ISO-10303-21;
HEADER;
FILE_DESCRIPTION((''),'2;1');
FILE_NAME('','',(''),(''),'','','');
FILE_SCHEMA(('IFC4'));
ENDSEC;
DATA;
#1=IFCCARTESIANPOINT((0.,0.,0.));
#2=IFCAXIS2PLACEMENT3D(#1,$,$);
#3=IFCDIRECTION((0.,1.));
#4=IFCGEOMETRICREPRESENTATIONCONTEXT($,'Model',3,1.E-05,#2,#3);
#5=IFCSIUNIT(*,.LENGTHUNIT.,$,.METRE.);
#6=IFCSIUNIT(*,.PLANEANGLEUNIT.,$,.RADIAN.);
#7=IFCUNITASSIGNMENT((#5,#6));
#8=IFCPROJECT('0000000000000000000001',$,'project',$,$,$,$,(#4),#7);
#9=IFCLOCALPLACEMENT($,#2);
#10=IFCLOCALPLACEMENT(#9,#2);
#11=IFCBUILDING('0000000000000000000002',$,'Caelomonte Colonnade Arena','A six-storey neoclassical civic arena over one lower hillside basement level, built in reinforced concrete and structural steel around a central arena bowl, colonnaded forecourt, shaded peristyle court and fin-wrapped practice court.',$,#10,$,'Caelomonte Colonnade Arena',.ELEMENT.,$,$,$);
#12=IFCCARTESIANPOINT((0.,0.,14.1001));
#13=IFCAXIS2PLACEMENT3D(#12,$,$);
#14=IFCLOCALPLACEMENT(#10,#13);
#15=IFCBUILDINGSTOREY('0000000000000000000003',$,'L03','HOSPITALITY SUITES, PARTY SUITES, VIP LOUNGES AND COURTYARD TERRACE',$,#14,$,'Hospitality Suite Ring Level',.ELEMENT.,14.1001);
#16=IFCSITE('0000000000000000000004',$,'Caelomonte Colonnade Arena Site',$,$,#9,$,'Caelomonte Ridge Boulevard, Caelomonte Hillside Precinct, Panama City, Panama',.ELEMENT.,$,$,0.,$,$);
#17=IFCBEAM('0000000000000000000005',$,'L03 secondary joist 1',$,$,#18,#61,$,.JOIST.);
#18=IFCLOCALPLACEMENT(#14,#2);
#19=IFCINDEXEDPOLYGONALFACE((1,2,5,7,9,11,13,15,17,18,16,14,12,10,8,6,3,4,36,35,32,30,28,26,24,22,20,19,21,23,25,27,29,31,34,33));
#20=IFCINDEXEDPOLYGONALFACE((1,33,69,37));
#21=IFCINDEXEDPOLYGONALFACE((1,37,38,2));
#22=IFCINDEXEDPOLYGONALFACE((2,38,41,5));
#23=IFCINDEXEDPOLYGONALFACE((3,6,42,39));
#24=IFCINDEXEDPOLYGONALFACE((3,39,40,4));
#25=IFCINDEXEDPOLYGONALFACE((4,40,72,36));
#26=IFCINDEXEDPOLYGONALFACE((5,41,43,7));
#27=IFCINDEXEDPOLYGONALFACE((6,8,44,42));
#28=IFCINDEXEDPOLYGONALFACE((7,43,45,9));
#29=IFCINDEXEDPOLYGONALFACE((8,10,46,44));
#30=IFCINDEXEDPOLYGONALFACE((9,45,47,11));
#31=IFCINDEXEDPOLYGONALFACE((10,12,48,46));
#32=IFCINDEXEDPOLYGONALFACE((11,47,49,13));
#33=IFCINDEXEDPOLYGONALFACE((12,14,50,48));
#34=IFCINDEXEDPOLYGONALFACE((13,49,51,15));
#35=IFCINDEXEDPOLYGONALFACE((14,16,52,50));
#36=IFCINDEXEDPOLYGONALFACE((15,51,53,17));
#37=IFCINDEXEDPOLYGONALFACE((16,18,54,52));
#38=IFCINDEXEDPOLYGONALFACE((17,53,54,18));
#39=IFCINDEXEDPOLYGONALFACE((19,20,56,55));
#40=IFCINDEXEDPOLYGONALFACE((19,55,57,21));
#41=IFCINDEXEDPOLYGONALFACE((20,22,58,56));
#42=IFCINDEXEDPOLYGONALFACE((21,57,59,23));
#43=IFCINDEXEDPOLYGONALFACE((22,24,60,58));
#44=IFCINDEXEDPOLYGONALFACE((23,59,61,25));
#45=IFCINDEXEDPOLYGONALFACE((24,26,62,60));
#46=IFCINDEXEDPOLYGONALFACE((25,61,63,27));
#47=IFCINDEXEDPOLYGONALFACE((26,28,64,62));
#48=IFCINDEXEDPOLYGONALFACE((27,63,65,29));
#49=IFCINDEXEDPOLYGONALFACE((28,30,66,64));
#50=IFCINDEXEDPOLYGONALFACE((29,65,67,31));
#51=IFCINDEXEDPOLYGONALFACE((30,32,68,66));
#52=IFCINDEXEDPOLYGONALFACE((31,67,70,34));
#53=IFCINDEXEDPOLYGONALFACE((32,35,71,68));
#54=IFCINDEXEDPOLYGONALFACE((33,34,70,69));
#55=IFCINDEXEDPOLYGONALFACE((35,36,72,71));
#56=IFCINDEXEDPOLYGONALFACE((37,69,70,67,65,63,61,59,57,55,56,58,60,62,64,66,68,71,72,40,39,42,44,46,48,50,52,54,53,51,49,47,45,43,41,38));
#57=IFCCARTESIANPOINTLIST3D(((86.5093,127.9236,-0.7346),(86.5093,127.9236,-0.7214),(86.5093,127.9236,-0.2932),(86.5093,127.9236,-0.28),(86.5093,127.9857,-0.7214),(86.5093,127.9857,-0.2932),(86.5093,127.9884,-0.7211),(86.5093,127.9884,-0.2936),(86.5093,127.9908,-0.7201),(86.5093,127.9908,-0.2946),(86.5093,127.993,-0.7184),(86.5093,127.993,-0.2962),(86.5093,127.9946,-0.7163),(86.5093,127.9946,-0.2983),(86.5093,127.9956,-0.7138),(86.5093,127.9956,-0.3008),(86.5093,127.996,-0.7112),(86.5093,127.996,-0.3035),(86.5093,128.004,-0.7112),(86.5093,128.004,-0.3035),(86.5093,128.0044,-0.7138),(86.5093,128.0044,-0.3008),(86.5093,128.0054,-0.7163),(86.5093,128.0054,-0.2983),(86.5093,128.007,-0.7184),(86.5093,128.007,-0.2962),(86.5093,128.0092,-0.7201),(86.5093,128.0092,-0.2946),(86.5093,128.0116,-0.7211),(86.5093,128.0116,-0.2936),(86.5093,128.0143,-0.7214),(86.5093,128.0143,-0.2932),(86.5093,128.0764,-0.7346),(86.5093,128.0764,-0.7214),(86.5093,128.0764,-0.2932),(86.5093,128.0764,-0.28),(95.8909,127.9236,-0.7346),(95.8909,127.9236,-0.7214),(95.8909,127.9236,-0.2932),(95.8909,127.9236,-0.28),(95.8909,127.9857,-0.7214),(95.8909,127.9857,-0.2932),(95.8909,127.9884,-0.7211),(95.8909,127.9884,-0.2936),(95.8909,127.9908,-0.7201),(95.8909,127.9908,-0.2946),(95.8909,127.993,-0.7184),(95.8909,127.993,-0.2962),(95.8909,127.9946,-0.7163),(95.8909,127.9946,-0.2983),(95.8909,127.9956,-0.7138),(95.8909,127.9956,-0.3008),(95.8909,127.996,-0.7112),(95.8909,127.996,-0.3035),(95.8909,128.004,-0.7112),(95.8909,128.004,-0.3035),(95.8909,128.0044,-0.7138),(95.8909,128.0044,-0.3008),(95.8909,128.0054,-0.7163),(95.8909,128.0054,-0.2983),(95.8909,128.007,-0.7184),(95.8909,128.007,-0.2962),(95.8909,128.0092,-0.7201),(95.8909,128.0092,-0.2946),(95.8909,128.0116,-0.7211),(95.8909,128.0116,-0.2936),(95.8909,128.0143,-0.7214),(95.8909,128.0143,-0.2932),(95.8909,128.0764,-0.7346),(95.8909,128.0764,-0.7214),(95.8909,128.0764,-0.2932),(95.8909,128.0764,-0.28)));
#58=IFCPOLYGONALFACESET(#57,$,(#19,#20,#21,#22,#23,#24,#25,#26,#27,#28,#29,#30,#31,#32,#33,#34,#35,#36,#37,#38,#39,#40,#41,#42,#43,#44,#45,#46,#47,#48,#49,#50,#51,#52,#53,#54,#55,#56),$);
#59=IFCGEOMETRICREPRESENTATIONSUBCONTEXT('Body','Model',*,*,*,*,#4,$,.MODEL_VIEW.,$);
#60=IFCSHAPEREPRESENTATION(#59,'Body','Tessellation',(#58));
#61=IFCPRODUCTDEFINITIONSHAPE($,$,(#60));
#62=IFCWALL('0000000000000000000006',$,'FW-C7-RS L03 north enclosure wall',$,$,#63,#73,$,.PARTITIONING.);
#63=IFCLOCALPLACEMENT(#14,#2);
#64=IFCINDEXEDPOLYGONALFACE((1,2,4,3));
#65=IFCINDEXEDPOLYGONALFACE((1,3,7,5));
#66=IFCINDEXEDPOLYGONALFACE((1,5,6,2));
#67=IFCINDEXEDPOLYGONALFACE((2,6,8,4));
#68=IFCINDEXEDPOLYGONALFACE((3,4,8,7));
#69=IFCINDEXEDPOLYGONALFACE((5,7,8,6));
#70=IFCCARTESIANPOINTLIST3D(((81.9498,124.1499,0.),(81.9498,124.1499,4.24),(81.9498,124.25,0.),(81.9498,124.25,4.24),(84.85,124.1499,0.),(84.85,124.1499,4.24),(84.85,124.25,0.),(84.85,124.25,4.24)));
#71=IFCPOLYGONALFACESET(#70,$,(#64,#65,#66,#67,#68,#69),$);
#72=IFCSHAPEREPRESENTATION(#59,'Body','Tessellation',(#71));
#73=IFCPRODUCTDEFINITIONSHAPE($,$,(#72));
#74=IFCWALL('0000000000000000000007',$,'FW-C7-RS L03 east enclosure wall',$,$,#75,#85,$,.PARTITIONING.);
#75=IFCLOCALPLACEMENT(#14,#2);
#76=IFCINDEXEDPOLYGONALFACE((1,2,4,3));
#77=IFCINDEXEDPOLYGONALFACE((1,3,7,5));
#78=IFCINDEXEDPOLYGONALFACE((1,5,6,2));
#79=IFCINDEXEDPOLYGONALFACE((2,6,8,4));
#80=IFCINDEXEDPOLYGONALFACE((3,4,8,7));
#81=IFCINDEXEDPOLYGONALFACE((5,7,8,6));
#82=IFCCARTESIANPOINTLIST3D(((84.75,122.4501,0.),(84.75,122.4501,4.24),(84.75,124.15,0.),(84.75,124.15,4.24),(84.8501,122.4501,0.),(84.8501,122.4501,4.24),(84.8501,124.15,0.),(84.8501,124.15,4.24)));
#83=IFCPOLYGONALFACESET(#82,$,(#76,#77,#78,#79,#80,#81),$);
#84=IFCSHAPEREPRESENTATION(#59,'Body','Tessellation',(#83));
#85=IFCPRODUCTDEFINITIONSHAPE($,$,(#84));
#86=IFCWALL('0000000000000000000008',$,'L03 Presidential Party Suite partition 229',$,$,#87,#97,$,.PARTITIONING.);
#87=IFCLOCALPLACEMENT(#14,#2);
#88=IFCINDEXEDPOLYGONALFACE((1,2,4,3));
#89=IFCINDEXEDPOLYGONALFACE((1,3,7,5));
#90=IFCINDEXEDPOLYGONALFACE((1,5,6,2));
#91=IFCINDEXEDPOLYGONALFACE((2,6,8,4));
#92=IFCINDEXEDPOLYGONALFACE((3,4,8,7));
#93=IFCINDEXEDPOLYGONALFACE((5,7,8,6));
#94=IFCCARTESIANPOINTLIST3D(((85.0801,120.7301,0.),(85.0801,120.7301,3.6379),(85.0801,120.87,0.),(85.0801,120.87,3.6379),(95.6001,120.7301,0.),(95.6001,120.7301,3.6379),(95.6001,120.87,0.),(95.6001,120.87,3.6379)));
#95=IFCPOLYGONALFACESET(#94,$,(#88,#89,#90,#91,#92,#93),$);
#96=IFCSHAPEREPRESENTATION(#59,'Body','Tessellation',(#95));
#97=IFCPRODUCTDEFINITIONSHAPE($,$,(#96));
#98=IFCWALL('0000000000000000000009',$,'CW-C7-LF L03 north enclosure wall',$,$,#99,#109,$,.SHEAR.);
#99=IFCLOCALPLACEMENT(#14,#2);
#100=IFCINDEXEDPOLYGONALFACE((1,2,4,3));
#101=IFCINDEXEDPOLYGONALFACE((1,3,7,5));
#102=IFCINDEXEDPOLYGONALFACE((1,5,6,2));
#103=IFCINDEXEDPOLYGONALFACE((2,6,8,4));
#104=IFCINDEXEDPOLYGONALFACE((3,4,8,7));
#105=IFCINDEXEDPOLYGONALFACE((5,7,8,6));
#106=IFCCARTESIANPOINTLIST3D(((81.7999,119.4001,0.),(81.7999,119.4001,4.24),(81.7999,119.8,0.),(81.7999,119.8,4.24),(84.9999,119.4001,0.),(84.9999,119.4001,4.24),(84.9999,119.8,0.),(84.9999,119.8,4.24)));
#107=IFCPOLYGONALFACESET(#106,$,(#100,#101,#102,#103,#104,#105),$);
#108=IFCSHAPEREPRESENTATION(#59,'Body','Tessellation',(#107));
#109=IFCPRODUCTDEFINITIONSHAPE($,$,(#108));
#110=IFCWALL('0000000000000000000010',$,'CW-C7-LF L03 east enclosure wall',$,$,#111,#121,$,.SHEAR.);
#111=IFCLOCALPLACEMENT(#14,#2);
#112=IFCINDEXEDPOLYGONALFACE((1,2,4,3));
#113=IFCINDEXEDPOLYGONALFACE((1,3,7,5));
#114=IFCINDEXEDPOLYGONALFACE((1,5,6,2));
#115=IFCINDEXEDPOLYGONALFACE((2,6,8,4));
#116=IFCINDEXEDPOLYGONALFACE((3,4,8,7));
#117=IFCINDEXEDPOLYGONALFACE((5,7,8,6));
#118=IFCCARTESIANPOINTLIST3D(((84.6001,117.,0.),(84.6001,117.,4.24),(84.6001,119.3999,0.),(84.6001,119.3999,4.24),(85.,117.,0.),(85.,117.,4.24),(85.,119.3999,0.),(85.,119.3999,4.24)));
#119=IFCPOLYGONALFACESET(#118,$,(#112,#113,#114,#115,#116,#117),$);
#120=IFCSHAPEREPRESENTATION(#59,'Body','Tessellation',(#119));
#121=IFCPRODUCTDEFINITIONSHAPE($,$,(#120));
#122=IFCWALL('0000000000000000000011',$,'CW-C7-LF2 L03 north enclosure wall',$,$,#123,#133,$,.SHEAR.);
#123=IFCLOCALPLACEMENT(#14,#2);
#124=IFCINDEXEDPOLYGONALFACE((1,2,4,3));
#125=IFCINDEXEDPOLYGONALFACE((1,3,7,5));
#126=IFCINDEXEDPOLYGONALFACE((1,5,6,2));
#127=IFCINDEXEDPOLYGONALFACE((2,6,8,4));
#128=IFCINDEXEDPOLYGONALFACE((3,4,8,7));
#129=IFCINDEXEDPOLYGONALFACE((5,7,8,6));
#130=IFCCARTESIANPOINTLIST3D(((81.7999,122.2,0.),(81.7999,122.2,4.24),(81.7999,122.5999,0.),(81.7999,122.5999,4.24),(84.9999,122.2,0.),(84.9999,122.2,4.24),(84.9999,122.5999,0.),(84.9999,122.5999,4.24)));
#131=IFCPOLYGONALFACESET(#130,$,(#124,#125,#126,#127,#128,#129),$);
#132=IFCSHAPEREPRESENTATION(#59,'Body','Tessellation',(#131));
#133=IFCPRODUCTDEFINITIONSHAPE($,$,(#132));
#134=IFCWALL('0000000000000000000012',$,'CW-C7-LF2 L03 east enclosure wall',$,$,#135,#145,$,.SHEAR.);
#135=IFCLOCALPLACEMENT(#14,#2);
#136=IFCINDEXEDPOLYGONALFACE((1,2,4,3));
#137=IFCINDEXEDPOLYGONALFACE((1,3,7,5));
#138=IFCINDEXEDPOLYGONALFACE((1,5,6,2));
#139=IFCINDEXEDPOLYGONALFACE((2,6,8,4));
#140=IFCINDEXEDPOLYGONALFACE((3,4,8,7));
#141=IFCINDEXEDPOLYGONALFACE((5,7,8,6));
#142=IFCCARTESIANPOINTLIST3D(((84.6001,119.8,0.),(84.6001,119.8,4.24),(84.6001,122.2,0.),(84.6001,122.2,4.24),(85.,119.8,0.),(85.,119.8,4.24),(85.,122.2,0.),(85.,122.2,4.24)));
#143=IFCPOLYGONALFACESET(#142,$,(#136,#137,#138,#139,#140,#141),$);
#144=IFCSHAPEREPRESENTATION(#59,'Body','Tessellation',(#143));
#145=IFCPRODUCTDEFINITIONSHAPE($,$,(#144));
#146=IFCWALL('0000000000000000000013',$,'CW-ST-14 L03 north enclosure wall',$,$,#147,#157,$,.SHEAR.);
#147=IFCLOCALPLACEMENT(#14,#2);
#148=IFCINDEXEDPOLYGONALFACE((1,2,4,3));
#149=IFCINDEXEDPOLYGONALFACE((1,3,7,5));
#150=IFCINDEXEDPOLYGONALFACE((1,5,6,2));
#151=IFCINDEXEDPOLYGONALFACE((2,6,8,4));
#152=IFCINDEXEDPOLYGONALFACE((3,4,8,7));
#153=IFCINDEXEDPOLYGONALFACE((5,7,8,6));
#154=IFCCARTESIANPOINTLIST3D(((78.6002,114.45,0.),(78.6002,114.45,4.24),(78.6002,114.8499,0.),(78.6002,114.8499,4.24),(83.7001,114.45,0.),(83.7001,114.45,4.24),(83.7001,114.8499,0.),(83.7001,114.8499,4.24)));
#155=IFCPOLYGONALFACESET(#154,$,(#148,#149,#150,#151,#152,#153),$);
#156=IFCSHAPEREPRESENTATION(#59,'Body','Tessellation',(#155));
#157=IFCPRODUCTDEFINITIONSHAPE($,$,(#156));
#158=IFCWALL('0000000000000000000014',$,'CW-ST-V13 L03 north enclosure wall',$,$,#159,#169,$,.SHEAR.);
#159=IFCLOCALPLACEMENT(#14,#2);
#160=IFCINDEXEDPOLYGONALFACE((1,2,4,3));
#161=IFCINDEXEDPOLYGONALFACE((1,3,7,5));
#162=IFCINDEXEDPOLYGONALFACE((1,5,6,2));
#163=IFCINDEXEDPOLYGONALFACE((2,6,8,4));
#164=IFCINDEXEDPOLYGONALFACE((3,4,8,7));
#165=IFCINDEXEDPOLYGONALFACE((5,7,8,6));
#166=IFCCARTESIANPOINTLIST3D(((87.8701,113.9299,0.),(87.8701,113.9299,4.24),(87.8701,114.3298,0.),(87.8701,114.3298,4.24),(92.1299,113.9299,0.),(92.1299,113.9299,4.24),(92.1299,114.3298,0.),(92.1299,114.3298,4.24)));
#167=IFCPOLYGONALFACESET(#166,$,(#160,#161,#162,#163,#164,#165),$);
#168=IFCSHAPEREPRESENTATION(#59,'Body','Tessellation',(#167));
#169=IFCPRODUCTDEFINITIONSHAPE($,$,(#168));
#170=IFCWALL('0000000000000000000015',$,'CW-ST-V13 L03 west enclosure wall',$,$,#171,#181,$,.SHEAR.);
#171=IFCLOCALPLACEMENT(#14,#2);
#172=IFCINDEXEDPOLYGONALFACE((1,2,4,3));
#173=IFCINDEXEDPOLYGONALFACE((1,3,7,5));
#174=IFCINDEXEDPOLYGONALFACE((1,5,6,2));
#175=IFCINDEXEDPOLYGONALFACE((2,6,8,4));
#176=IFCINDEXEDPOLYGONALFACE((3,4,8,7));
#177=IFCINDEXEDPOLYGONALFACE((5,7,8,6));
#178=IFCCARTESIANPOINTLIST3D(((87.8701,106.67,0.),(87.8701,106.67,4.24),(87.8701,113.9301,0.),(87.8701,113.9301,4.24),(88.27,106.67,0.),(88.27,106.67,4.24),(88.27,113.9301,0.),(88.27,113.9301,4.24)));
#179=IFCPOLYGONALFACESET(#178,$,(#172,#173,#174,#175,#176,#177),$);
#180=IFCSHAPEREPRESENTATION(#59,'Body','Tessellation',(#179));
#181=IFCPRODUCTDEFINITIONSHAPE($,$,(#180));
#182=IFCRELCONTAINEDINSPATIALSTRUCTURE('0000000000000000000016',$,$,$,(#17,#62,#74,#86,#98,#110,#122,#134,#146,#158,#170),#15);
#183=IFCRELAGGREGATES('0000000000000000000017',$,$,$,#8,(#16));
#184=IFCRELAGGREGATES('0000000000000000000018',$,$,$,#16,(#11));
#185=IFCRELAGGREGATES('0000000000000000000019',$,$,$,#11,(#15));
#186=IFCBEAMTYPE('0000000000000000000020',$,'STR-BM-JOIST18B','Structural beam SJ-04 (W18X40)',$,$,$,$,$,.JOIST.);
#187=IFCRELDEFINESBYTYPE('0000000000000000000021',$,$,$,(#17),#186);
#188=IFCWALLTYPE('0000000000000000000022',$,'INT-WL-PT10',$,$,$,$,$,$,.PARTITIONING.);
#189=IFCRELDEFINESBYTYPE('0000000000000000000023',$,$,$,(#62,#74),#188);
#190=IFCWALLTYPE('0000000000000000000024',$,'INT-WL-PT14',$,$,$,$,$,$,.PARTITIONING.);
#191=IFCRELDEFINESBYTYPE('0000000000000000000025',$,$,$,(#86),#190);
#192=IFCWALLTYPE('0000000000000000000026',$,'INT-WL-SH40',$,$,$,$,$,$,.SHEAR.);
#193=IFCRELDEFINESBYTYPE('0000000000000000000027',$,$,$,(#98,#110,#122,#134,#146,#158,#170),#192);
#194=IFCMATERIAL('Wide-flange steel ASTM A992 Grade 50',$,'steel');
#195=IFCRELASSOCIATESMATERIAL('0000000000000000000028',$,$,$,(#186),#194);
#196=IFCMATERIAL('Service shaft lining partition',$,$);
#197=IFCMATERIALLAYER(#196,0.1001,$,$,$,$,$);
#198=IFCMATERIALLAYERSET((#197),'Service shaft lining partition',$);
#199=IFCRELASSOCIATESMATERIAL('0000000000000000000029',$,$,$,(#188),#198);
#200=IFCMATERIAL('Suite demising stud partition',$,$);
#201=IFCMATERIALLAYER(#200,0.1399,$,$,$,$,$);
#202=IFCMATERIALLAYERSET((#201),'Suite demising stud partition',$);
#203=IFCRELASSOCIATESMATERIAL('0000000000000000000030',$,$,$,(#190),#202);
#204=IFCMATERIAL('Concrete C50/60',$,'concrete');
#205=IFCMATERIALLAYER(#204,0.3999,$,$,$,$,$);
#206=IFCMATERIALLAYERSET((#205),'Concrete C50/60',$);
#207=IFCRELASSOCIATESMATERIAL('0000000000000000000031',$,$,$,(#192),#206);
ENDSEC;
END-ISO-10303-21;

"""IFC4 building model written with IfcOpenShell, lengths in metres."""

from ifc_helpers import new_model, si_unit, direction, frame, frame_2d, origin, origin_2d, place, context, subcontext, project, spatial, rectangle, i_section, extrude, material, layer, layer_set, material_profile, profile_set, type_object, element, save


model = new_model("IFC4")

# Units and contexts
model_context = context("Model", 3, precision=1e-05, world=origin(), true_north=direction((0.0, 1.0)))
body_context = subcontext(model_context, "Body", "Model", "MODEL_VIEW")
ifc_project = project(units=[si_unit("LENGTHUNIT", "METRE"), si_unit("PLANEANGLEUNIT", "RADIAN")], contexts=[model_context])

# Site, building, storey
site_placement = place(None, origin())
site = spatial("IfcSite", under=ifc_project, at=site_placement, Name="Caelomonte Colonnade Arena Site", LongName="Caelomonte Ridge Boulevard, Caelomonte Hillside Precinct, Panama City, Panama", CompositionType="ELEMENT", RefElevation=0.0)
building_placement = place(site_placement, origin())
building = spatial("IfcBuilding", under=site, at=building_placement, Name="Caelomonte Colonnade Arena", Description="A six-storey neoclassical civic arena over one lower hillside basement level, built in reinforced concrete and structural steel around a central arena bowl, colonnaded forecourt, shaded peristyle court and fin-wrapped practice court.", LongName="Caelomonte Colonnade Arena", CompositionType="ELEMENT")
storey_placement = place(building_placement, frame((0.0, 0.0, 14.1001)))
storey = spatial("IfcBuildingStorey", under=building, at=storey_placement, Name="L03", Description="HOSPITALITY SUITES, PARTY SUITES, VIP LOUNGES AND COURTYARD TERRACE", LongName="Hospitality Suite Ring Level", CompositionType="ELEMENT", Elevation=14.1001)

# Shared definitions
ifc_material_1 = material(Name="Wide-flange steel ASTM A992 Grade 50", Category="steel")

# Beam
ifc_material_profile_1 = material_profile(ifc_material_1, i_section(OverallWidth=0.1528, OverallDepth=0.4546, WebThickness=0.0081, FlangeThickness=0.0132, FilletRadius=0.0103, at=origin_2d()), Name="W18X40")
ifc_profile_set_1 = profile_set([ifc_material_profile_1], Name="Wide-flange steel ASTM A992 Grade 50")
beam_type_1 = type_object("IfcBeamType", Name="STR-BM-JOIST18B", Description="Structural beam SJ-04 (W18X40)", PredefinedType="JOIST", material=ifc_profile_set_1)
for number, where, z_axis, x_axis, name in (
    (1, (86.5093, 128.0, -0.5073), (1.0, 0.0, 0.0), (0.0, 1.0, 0.0), "L03 secondary joist 1"),
):
    element("IfcBeam", number, at=place(storey_placement, frame(where, z_axis=z_axis, x_axis=x_axis)), inside=storey, type_object=beam_type_1, Name=name, PredefinedType="JOIST", context=body_context, shape_type="SweptSolid", body=[
        extrude(i_section(OverallWidth=0.1528, OverallDepth=0.4546, WebThickness=0.0081, FlangeThickness=0.0132, FilletRadius=0.0103, at=origin_2d()), origin(), (0.0, 0.0, 1.0), 9.3816),
    ])

# Walls
ifc_material_2 = material(Name="Service shaft lining partition")
ifc_layer_1 = layer(ifc_material_2, 0.1001)
ifc_layer_set_1 = layer_set([ifc_layer_1], Name="Service shaft lining partition")
wall_type_1 = type_object("IfcWallType", Name="INT-WL-PT10", PredefinedType="PARTITIONING", material=ifc_layer_set_1)
wall_1_placement = place(storey_placement, frame((84.8501, 124.2, 0.0), z_axis=(0.0, 0.0, 1.0), x_axis=(-1.0, 0.0, 0.0)))
element("IfcWall", 2, at=wall_1_placement, inside=storey, type_object=wall_type_1, Name="FW-C7-RS L03 north enclosure wall", PredefinedType="PARTITIONING", context=body_context, shape_type="SweptSolid", body=[
    extrude(rectangle(XDim=2.9001, YDim=0.1001, at=frame_2d((1.4502, 0.0))), origin(), (0.0, 0.0, 1.0), 4.24),
])
wall_2_placement = place(storey_placement, frame((84.8, 122.45, 0.0), z_axis=(0.0, 0.0, 1.0), x_axis=(0.0, 1.0, 0.0)))
element("IfcWall", 3, at=wall_2_placement, inside=storey, type_object=wall_type_1, Name="FW-C7-RS L03 east enclosure wall", PredefinedType="PARTITIONING", context=body_context, shape_type="SweptSolid", body=[
    extrude(rectangle(XDim=1.7, YDim=0.1001, at=frame_2d((0.8501, 0.0))), origin(), (0.0, 0.0, 1.0), 4.24),
])
ifc_material_3 = material(Name="Suite demising stud partition")
ifc_layer_2 = layer(ifc_material_3, 0.1399)
ifc_layer_set_2 = layer_set([ifc_layer_2], Name="Suite demising stud partition")
wall_type_2 = type_object("IfcWallType", Name="INT-WL-PT14", PredefinedType="PARTITIONING", material=ifc_layer_set_2)
wall_3_placement = place(storey_placement, frame((95.6001, 120.8, 0.0), z_axis=(0.0, 0.0, 1.0), x_axis=(-1.0, 0.0, 0.0)))
element("IfcWall", 4, at=wall_3_placement, inside=storey, type_object=wall_type_2, Name="L03 Presidential Party Suite partition 229", PredefinedType="PARTITIONING", context=body_context, shape_type="SweptSolid", body=[
    extrude(rectangle(XDim=10.52, YDim=0.1399, at=frame_2d((5.26, 0.0))), origin(), (0.0, 0.0, 1.0), 3.6379),
])
ifc_material_4 = material(Name="Concrete C50/60", Category="concrete")
ifc_layer_3 = layer(ifc_material_4, 0.3999)
ifc_layer_set_3 = layer_set([ifc_layer_3], Name="Concrete C50/60")
wall_type_3 = type_object("IfcWallType", Name="INT-WL-SH40", PredefinedType="SHEAR", material=ifc_layer_set_3)
wall_4_placement = place(storey_placement, frame((85.0, 119.6001, 0.0), z_axis=(0.0, 0.0, 1.0), x_axis=(-1.0, 0.0, 0.0)))
element("IfcWall", 5, at=wall_4_placement, inside=storey, type_object=wall_type_3, Name="CW-C7-LF L03 north enclosure wall", PredefinedType="SHEAR", context=body_context, shape_type="SweptSolid", body=[
    extrude(rectangle(XDim=3.2, YDim=0.3999, at=frame_2d((1.6001, 0.0))), origin(), (0.0, 0.0, 1.0), 4.24),
])
wall_5_placement = place(storey_placement, frame((84.8, 117.0, 0.0), z_axis=(0.0, 0.0, 1.0), x_axis=(0.0, 1.0, 0.0)))
element("IfcWall", 6, at=wall_5_placement, inside=storey, type_object=wall_type_3, Name="CW-C7-LF L03 east enclosure wall", PredefinedType="SHEAR", context=body_context, shape_type="SweptSolid", body=[
    extrude(rectangle(XDim=2.3999, YDim=0.3999, at=frame_2d((1.2, 0.0))), origin(), (0.0, 0.0, 1.0), 4.24),
])
wall_6_placement = place(storey_placement, frame((85.0, 122.3999, 0.0), z_axis=(0.0, 0.0, 1.0), x_axis=(-1.0, 0.0, 0.0)))
element("IfcWall", 7, at=wall_6_placement, inside=storey, type_object=wall_type_3, Name="CW-C7-LF2 L03 north enclosure wall", PredefinedType="SHEAR", context=body_context, shape_type="SweptSolid", body=[
    extrude(rectangle(XDim=3.2, YDim=0.3999, at=frame_2d((1.6001, 0.0))), origin(), (0.0, 0.0, 1.0), 4.24),
])
wall_7_placement = place(storey_placement, frame((84.8, 119.8, 0.0), z_axis=(0.0, 0.0, 1.0), x_axis=(0.0, 1.0, 0.0)))
element("IfcWall", 8, at=wall_7_placement, inside=storey, type_object=wall_type_3, Name="CW-C7-LF2 L03 east enclosure wall", PredefinedType="SHEAR", context=body_context, shape_type="SweptSolid", body=[
    extrude(rectangle(XDim=2.3999, YDim=0.3999, at=frame_2d((1.2, 0.0))), origin(), (0.0, 0.0, 1.0), 4.24),
])
wall_8_placement = place(storey_placement, frame((83.7, 114.6499, 0.0), z_axis=(0.0, 0.0, 1.0), x_axis=(-1.0, 0.0, 0.0)))
element("IfcWall", 9, at=wall_8_placement, inside=storey, type_object=wall_type_3, Name="CW-ST-14 L03 north enclosure wall", PredefinedType="SHEAR", context=body_context, shape_type="SweptSolid", body=[
    extrude(rectangle(XDim=5.0999, YDim=0.3999, at=frame_2d((2.5498, 0.0))), origin(), (0.0, 0.0, 1.0), 4.24),
])
wall_9_placement = place(storey_placement, frame((92.1299, 114.1299, 0.0), z_axis=(0.0, 0.0, 1.0), x_axis=(-1.0, 0.0, 0.0)))
element("IfcWall", 10, at=wall_9_placement, inside=storey, type_object=wall_type_3, Name="CW-ST-V13 L03 north enclosure wall", PredefinedType="SHEAR", context=body_context, shape_type="SweptSolid", body=[
    extrude(rectangle(XDim=4.2598, YDim=0.3999, at=frame_2d((2.1299, 0.0))), origin(), (0.0, 0.0, 1.0), 4.24),
])
wall_10_placement = place(storey_placement, frame((88.0701, 113.9299, 0.0), z_axis=(0.0, 0.0, 1.0), x_axis=(0.0, -1.0, 0.0)))
element("IfcWall", 11, at=wall_10_placement, inside=storey, type_object=wall_type_3, Name="CW-ST-V13 L03 west enclosure wall", PredefinedType="SHEAR", context=body_context, shape_type="SweptSolid", body=[
    extrude(rectangle(XDim=7.26, YDim=0.3999, at=frame_2d((3.6299, 0.0))), origin(), (0.0, 0.0, 1.0), 4.24),
])

save(model, "model.ifc")
